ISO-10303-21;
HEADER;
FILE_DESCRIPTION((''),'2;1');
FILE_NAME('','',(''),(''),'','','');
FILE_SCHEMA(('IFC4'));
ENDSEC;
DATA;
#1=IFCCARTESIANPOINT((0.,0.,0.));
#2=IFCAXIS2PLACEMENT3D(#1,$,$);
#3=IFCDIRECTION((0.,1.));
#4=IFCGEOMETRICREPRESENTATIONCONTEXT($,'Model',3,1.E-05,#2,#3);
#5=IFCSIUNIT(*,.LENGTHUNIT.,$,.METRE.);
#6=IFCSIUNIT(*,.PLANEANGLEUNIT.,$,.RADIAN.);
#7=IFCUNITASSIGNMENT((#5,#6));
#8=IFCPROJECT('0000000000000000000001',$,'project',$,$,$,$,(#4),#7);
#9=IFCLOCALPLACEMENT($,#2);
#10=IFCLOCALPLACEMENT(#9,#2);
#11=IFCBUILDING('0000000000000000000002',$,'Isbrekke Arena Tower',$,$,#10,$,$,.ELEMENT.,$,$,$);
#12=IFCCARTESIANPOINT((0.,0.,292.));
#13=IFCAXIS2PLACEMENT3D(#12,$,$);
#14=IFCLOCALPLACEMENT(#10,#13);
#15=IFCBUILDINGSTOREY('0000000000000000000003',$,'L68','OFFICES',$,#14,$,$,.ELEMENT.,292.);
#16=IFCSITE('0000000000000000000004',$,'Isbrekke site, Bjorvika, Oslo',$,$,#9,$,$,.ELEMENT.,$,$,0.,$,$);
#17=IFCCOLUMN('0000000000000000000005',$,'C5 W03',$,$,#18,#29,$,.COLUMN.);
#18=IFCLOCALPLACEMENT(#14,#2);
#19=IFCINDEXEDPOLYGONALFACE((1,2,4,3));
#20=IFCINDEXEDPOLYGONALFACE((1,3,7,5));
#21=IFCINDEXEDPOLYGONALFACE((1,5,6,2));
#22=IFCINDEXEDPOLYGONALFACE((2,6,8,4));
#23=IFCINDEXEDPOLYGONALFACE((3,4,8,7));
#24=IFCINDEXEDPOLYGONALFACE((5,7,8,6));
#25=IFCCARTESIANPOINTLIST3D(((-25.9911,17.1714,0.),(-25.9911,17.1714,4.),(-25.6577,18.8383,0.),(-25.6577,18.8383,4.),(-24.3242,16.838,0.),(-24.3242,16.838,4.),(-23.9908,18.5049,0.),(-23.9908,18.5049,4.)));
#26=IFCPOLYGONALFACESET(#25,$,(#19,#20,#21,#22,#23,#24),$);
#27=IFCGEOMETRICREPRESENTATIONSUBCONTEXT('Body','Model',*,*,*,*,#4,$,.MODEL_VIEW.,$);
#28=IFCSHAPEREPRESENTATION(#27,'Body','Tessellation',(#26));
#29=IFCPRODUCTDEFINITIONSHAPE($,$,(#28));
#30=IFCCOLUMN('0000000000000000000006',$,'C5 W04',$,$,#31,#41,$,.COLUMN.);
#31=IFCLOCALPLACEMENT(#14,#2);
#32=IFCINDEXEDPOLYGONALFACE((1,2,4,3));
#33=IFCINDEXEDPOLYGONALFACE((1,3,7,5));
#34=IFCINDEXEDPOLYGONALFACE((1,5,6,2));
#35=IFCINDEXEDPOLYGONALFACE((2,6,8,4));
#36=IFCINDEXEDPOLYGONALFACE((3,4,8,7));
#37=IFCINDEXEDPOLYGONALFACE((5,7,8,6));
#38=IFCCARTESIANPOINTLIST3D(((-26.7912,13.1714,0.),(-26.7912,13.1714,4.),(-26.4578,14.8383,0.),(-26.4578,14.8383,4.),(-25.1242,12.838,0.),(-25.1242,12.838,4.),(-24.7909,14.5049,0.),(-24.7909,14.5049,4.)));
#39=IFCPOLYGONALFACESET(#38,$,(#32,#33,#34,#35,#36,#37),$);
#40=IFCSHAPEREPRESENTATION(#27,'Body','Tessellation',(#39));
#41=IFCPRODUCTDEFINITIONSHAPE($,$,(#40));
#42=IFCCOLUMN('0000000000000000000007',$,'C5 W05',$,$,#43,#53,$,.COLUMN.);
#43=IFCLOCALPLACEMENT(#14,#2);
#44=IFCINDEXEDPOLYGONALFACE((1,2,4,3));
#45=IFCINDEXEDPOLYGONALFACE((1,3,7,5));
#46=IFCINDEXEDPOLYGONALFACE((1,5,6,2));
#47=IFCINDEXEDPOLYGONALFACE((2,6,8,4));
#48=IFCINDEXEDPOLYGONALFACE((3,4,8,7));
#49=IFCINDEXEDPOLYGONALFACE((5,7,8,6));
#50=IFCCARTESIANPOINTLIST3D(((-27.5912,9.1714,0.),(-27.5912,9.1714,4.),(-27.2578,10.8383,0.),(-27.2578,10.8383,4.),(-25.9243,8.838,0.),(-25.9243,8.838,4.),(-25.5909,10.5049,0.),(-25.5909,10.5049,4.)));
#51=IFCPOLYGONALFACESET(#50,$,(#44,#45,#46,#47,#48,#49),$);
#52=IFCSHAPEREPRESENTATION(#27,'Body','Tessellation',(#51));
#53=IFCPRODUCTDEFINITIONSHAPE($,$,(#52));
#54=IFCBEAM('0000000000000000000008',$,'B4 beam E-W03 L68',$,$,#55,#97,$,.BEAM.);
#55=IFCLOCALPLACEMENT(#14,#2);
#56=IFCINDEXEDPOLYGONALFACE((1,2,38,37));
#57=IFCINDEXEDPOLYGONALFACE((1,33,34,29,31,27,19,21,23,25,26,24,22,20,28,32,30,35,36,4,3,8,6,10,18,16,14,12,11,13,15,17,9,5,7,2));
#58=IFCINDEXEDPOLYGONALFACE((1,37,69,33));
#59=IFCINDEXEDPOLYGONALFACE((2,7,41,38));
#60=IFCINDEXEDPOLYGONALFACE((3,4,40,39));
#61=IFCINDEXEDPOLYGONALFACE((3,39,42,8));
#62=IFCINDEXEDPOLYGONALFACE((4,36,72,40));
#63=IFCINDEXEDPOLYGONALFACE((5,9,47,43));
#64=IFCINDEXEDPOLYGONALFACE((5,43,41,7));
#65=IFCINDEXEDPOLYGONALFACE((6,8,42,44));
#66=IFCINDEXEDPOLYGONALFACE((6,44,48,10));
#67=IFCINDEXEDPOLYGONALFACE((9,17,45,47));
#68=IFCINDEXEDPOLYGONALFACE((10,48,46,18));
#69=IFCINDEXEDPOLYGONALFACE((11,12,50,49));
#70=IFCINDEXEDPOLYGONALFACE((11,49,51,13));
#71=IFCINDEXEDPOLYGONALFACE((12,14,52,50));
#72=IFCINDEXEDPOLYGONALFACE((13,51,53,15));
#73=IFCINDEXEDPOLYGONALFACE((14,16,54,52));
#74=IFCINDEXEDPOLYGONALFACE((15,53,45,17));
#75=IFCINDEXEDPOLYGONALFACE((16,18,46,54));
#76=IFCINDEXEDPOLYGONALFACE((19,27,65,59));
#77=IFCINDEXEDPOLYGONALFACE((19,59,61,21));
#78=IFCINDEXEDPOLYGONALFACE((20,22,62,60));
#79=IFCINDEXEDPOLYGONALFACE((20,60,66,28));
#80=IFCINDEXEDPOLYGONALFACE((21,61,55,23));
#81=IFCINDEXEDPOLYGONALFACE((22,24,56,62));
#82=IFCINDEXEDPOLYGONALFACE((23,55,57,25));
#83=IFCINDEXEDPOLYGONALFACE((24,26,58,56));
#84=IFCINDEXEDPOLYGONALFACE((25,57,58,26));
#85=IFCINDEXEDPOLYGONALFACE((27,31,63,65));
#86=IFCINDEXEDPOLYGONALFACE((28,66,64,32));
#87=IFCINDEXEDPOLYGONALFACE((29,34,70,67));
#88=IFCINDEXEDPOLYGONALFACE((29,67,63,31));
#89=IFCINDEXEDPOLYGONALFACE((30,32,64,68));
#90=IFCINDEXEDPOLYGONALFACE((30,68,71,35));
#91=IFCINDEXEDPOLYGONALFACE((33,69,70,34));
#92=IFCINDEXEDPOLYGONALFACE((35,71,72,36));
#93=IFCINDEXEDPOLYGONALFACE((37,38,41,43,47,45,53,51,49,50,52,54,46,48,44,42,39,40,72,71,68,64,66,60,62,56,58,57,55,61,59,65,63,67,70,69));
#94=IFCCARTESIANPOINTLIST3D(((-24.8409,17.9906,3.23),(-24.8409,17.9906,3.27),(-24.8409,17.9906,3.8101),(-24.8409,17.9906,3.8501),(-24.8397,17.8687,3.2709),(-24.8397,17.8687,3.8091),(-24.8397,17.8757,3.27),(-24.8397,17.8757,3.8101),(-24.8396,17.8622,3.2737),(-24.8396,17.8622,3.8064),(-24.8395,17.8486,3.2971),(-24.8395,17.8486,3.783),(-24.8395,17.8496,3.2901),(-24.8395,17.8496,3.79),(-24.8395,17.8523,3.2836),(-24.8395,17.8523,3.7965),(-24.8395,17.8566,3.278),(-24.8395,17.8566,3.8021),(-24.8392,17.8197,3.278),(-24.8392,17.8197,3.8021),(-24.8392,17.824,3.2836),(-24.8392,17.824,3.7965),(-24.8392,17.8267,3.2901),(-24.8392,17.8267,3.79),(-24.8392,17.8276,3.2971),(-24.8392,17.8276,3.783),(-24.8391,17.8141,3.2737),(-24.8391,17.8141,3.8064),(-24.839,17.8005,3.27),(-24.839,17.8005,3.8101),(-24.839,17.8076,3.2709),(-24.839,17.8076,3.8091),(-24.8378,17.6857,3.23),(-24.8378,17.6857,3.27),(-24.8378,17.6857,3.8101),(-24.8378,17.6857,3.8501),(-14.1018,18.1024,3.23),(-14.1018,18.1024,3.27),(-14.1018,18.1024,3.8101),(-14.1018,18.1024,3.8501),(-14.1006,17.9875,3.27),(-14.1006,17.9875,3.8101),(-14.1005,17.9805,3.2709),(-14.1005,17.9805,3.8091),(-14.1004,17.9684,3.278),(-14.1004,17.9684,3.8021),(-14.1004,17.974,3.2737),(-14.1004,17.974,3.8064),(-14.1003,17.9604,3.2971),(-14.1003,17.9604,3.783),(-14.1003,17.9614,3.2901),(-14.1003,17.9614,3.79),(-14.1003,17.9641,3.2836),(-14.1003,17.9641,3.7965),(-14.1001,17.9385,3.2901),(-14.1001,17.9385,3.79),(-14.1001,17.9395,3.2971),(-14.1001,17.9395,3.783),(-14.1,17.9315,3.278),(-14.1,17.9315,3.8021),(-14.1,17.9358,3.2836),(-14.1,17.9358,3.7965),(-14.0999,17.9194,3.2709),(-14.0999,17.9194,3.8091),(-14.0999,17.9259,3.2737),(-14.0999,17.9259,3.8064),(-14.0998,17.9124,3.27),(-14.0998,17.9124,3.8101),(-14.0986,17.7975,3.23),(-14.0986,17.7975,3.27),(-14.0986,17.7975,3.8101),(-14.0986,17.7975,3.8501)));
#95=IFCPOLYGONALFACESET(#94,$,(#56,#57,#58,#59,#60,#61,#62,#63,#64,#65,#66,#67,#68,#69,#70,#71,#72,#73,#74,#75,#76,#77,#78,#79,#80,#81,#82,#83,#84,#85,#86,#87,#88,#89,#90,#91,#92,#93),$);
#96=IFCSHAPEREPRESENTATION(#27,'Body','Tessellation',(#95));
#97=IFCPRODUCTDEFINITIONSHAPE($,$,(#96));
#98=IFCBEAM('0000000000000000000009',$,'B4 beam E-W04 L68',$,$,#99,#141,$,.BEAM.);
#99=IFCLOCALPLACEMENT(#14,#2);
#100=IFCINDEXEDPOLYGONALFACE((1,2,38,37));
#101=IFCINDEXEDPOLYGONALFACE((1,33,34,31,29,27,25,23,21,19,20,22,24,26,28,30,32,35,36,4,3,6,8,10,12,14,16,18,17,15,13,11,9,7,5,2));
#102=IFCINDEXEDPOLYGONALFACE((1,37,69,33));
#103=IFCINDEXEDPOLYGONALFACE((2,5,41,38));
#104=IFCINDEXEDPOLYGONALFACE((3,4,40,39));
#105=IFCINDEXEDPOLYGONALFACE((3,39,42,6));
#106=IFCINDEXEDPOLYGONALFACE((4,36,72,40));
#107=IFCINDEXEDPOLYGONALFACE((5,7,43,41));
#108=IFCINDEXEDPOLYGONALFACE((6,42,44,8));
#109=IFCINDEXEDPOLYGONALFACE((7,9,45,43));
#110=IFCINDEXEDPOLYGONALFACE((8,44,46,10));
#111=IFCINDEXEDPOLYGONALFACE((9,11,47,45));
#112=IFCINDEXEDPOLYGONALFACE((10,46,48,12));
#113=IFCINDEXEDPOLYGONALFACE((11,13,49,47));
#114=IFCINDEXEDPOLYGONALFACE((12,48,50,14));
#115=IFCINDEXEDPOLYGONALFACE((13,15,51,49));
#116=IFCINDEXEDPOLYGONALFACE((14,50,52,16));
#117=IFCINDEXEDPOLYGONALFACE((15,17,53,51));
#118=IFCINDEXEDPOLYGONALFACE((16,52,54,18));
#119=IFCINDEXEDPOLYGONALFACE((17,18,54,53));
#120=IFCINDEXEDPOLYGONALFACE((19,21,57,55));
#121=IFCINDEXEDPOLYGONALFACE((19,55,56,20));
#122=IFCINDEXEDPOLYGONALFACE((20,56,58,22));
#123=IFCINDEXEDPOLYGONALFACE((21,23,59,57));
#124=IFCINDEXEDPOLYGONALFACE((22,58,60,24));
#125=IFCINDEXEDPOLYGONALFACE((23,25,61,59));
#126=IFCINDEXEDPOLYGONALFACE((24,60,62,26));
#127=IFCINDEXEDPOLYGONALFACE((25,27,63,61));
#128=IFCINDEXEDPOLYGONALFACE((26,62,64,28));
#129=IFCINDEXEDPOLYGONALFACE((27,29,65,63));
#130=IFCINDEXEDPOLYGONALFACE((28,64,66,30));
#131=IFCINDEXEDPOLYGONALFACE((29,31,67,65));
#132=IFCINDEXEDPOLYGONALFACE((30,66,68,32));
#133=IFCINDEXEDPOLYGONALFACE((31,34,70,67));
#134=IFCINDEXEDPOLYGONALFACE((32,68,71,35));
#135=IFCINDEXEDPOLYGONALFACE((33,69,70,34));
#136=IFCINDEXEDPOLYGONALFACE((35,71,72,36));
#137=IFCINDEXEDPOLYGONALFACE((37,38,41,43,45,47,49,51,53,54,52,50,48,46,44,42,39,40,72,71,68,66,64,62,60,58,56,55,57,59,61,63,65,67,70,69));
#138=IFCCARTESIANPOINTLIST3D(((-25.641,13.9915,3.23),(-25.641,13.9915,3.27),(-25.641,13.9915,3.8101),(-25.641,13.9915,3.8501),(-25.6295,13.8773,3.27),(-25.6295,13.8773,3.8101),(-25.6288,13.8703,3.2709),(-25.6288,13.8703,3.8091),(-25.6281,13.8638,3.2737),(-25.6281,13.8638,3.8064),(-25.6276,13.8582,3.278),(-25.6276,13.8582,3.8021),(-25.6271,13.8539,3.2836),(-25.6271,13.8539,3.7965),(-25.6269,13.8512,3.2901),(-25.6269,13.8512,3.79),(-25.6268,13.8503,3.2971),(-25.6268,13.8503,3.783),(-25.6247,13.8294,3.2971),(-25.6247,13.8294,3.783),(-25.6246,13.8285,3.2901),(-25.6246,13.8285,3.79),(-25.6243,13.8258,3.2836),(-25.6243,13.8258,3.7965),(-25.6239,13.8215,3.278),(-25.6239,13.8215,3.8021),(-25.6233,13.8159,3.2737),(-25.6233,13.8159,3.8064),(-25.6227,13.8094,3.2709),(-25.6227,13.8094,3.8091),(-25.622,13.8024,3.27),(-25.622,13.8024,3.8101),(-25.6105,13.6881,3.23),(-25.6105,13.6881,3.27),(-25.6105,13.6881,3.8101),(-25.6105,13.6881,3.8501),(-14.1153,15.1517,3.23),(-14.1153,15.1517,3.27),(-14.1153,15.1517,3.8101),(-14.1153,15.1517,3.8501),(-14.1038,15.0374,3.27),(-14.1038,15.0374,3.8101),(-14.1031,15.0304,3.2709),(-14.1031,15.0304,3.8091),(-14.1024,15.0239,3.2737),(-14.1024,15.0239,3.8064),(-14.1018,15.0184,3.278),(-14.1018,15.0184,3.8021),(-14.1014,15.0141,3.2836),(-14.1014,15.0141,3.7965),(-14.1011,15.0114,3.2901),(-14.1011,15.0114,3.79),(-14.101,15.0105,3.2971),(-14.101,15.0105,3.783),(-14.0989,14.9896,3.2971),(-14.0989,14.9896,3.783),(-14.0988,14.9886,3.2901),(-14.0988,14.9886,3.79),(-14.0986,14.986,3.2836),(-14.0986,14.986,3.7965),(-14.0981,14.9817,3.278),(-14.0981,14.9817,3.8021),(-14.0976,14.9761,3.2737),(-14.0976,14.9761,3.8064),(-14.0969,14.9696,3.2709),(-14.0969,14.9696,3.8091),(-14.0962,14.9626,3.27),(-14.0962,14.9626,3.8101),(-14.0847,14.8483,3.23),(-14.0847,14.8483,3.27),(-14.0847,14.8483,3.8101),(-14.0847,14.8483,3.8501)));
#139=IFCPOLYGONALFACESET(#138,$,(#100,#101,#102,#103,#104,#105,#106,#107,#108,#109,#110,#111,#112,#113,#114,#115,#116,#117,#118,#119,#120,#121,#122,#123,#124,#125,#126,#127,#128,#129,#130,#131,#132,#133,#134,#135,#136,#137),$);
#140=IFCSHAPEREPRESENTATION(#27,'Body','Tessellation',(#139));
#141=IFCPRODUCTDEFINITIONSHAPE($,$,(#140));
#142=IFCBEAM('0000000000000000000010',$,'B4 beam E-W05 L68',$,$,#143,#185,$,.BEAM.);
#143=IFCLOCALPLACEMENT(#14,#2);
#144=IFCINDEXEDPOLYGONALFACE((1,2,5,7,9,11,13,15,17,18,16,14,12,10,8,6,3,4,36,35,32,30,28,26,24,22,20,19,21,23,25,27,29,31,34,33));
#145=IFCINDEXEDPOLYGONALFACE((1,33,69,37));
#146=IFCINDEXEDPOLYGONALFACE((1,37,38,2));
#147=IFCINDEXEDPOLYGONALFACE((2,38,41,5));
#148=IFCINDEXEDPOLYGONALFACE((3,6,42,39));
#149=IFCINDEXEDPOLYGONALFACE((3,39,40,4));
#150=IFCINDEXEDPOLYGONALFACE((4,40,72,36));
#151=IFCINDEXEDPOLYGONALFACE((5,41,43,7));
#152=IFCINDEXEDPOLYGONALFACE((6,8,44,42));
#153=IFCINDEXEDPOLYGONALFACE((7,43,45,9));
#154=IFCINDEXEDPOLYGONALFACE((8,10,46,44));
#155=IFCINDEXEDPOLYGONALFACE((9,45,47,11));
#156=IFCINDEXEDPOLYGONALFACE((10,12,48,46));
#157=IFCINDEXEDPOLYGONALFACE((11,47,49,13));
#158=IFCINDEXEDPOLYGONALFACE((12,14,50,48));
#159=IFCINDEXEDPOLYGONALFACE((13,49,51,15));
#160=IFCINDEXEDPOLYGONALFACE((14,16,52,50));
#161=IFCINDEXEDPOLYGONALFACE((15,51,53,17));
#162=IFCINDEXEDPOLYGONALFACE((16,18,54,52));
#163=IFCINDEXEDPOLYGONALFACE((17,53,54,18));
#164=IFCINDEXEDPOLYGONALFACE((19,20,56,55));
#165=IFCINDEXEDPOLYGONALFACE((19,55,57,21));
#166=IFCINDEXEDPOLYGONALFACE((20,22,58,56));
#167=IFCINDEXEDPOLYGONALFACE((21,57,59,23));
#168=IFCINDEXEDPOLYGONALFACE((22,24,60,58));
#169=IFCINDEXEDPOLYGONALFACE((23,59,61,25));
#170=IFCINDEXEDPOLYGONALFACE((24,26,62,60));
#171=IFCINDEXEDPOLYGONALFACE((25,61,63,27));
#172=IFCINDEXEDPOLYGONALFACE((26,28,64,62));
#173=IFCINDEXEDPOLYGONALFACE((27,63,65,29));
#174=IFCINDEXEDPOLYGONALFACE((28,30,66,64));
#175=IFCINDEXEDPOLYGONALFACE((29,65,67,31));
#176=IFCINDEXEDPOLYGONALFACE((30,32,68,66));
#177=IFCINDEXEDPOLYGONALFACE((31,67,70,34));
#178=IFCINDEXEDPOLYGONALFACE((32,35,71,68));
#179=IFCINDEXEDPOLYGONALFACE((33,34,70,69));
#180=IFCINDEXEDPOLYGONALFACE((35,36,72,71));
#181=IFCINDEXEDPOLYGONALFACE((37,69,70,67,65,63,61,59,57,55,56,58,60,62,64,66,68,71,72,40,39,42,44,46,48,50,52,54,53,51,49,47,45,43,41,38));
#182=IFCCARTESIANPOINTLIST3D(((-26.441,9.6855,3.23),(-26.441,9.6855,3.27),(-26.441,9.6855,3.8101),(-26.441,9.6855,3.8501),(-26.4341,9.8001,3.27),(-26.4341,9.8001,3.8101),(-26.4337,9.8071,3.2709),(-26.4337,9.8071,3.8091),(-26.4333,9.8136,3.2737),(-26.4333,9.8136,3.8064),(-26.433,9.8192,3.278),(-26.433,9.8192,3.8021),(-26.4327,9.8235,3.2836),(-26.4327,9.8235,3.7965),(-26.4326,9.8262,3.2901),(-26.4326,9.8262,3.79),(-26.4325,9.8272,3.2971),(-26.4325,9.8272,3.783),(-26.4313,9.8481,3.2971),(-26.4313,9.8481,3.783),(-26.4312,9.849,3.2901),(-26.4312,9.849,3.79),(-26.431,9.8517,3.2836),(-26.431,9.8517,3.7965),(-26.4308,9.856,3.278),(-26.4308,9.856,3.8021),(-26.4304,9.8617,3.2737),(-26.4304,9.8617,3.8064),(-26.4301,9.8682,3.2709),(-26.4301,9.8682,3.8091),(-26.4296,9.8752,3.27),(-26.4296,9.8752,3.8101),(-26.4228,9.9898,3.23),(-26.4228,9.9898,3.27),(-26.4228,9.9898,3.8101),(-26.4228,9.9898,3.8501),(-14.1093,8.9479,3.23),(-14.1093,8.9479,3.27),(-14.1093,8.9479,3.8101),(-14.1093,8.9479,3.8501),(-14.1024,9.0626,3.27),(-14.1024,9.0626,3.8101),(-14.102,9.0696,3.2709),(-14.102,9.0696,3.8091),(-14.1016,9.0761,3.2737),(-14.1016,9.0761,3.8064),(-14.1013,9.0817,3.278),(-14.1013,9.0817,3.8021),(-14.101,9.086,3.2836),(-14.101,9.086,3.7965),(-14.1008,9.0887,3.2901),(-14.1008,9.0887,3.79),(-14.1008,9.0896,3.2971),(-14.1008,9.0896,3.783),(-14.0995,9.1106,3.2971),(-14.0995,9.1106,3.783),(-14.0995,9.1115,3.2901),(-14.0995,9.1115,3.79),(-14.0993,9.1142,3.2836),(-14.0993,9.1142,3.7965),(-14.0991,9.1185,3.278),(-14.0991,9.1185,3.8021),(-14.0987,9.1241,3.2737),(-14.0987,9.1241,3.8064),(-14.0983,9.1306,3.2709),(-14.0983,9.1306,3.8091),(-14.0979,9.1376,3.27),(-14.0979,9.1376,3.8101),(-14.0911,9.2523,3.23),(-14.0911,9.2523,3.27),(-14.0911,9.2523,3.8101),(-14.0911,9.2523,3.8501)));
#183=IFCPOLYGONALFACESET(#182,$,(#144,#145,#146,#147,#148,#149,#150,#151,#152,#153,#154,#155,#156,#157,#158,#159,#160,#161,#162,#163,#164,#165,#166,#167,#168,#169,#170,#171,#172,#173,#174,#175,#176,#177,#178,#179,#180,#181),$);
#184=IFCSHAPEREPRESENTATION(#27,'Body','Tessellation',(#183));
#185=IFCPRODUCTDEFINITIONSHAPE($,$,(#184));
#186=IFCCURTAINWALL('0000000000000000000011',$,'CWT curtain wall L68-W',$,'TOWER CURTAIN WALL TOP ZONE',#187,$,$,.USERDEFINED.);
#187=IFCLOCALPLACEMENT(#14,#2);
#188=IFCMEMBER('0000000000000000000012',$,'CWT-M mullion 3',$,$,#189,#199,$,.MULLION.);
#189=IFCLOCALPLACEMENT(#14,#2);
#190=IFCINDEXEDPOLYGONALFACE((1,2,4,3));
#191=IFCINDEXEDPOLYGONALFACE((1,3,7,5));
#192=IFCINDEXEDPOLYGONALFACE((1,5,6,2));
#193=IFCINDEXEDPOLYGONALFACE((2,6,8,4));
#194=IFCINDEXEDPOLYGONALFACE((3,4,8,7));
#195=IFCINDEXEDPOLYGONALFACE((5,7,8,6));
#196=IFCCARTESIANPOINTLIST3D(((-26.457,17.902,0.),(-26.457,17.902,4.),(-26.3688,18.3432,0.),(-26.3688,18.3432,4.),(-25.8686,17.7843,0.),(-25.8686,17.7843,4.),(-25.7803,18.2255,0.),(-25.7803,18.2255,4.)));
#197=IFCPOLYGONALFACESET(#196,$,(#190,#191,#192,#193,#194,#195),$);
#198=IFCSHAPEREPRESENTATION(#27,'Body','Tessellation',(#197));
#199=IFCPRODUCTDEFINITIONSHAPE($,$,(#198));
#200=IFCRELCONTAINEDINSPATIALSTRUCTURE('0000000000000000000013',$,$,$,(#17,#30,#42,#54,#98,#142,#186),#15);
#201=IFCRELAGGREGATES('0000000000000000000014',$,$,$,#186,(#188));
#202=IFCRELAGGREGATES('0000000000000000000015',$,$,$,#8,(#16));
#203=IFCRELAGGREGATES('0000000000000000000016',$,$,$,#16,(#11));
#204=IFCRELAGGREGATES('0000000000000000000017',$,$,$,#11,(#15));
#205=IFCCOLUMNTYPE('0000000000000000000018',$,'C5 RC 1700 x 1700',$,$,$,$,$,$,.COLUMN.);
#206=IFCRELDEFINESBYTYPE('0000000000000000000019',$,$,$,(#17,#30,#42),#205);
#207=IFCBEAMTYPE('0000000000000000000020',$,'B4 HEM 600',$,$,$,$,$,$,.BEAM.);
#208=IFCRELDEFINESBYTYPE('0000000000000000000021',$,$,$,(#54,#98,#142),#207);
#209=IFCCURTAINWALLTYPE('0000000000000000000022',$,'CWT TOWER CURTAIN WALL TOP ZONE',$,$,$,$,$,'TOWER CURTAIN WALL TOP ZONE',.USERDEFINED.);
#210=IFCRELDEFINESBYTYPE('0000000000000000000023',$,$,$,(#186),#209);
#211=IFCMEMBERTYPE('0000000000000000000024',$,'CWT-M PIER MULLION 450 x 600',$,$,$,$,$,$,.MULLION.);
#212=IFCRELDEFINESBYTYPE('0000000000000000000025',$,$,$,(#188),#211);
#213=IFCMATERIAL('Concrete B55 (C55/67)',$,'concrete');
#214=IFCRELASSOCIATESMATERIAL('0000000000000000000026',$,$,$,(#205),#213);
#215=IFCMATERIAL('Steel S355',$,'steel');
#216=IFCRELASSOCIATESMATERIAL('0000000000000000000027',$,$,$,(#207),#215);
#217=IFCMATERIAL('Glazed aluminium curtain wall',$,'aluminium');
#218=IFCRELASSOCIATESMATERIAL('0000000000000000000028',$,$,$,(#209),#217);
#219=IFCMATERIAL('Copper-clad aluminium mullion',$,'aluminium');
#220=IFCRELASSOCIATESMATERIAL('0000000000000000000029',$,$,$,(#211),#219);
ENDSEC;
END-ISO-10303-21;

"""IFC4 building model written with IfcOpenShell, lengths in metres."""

from ifc_helpers import new_model, si_unit, direction, frame, origin, origin_2d, place, context, subcontext, project, spatial, rectangle, i_section, extrude, material, material_profile, profile_set, type_object, element, aggregate, save


model = new_model("IFC4")

# Units and contexts
model_context = context("Model", 3, precision=1e-05, world=origin(), true_north=direction((0.0, 1.0)))
body_context = subcontext(model_context, "Body", "Model", "MODEL_VIEW")
ifc_project = project(units=[si_unit("LENGTHUNIT", "METRE"), si_unit("PLANEANGLEUNIT", "RADIAN")], contexts=[model_context])

# Site, building, storey
site_placement = place(None, origin())
site = spatial("IfcSite", under=ifc_project, at=site_placement, Name="Isbrekke site, Bjorvika, Oslo", CompositionType="ELEMENT", RefElevation=0.0)
building_placement = place(site_placement, origin())
building = spatial("IfcBuilding", under=site, at=building_placement, Name="Isbrekke Arena Tower", CompositionType="ELEMENT")
storey_placement = place(building_placement, frame((0.0, 0.0, 292.0)))
storey = spatial("IfcBuildingStorey", under=building, at=storey_placement, Name="L68", Description="OFFICES", CompositionType="ELEMENT", Elevation=292.0)

# Columns
ifc_material_1 = material(Name="Concrete B55 (C55/67)", Category="concrete")
ifc_material_profile_1 = material_profile(ifc_material_1, rectangle(XDim=1.7, YDim=1.7, at=origin_2d()), Name="RC 1700x1700")
ifc_profile_set_1 = profile_set([ifc_material_profile_1], Name="Concrete B55 (C55/67)")
column_type = type_object("IfcColumnType", Name="C5 RC 1700 x 1700", PredefinedType="COLUMN", material=ifc_profile_set_1)
for number, where, z_axis, x_axis, name in (
    (1, (-24.991, 17.8381, 0.0), (0.0, 0.0, 1.0), (-0.196116, -0.980581, 0.0), "C5 W03"),
    (2, (-25.791, 13.8381, 0.0), (0.0, 0.0, 1.0), (-0.196116, -0.980581, 0.0), "C5 W04"),
    (3, (-26.5911, 9.8381, 0.0), (0.0, 0.0, 1.0), (-0.196116, -0.980581, 0.0), "C5 W05"),
):
    element("IfcColumn", number, at=place(storey_placement, frame(where, z_axis=z_axis, x_axis=x_axis)), inside=storey, type_object=column_type, Name=name, PredefinedType="COLUMN", context=body_context, shape_type="SweptSolid", body=[
        extrude(rectangle(XDim=1.7, YDim=1.7, at=origin_2d()), origin(), (0.0, 0.0, 1.0), 4.0),
    ])

# Beams
ifc_material_2 = material(Name="Steel S355", Category="steel")
ifc_material_profile_2 = material_profile(ifc_material_2, i_section(OverallWidth=0.3049, OverallDepth=0.6201, WebThickness=0.021, FlangeThickness=0.04, FilletRadius=0.0271, at=origin_2d()), Name="HEM 600")
ifc_profile_set_2 = profile_set([ifc_material_profile_2], Name="Steel S355")
beam_type_1 = type_object("IfcBeamType", Name="B4 HEM 600", PredefinedType="BEAM", material=ifc_profile_set_2)
beam_1_placement = place(storey_placement, frame((-24.8394, 17.8381, 3.54), z_axis=(0.999946, 0.010411, 0.0), x_axis=(-0.010411, 0.999946, 0.0)))
element("IfcBeam", 4, at=beam_1_placement, inside=storey, type_object=beam_type_1, Name="B4 beam E-W03 L68", PredefinedType="BEAM", context=body_context, shape_type="SweptSolid", body=[
    extrude(i_section(OverallWidth=0.3049, OverallDepth=0.6201, WebThickness=0.021, FlangeThickness=0.04, FilletRadius=0.0271, at=origin_2d()), origin(), (0.0, 0.0, 1.0), 10.7397),
])
beam_2_placement = place(storey_placement, frame((-25.6257, 13.8398, 3.54), z_axis=(0.994972, 0.100153, 0.0), x_axis=(-0.100153, 0.994972, 0.0)))
element("IfcBeam", 5, at=beam_2_placement, inside=storey, type_object=beam_type_1, Name="B4 beam E-W04 L68", PredefinedType="BEAM", context=body_context, shape_type="SweptSolid", body=[
    extrude(i_section(OverallWidth=0.3049, OverallDepth=0.6201, WebThickness=0.021, FlangeThickness=0.04, FilletRadius=0.0271, at=origin_2d()), origin(), (0.0, 0.0, 1.0), 11.584),
])
beam_3_placement = place(storey_placement, frame((-26.4319, 9.8376, 3.54), z_axis=(0.998216, -0.059702, 0.0), x_axis=(0.059702, 0.998216, 0.0)))
element("IfcBeam", 6, at=beam_3_placement, inside=storey, type_object=beam_type_1, Name="B4 beam E-W05 L68", PredefinedType="BEAM", context=body_context, shape_type="SweptSolid", body=[
    extrude(i_section(OverallWidth=0.3049, OverallDepth=0.6201, WebThickness=0.021, FlangeThickness=0.04, FilletRadius=0.0271, at=origin_2d()), origin(), (0.0, 0.0, 1.0), 12.3538),
])

# Curtain wall, member
ifc_material_3 = material(Name="Glazed aluminium curtain wall", Category="aluminium")
curtain_wall_type = type_object("IfcCurtainWallType", Name="CWT TOWER CURTAIN WALL TOP ZONE", ElementType="TOWER CURTAIN WALL TOP ZONE", PredefinedType="USERDEFINED", material=ifc_material_3)
curtain_wall_placement = place(storey_placement, origin())
curtain_wall = element("IfcCurtainWall", 7, at=curtain_wall_placement, inside=storey, type_object=curtain_wall_type, Name="CWT curtain wall L68-W", ObjectType="TOWER CURTAIN WALL TOP ZONE", PredefinedType="USERDEFINED")
ifc_material_4 = material(Name="Copper-clad aluminium mullion", Category="aluminium")
ifc_material_profile_3 = material_profile(ifc_material_4, rectangle(XDim=0.45, YDim=0.6001, at=origin_2d()), Name="PIER 450X600")
ifc_profile_set_3 = profile_set([ifc_material_profile_3], Name="Copper-clad aluminium mullion")
member_type_1 = type_object("IfcMemberType", Name="CWT-M PIER MULLION 450 x 600", PredefinedType="MULLION", material=ifc_profile_set_3)
member_1_placement = place(storey_placement, frame((-26.1187, 18.0637, 0.0), z_axis=(0.0, 0.0, 1.0), x_axis=(-0.196116, -0.980581, 0.0)))
member_1 = element("IfcMember", 8, at=member_1_placement, type_object=member_type_1, Name="CWT-M mullion 3", PredefinedType="MULLION", context=body_context, shape_type="SweptSolid", body=[
    extrude(rectangle(XDim=0.45, YDim=0.6001, at=origin_2d()), origin(), (0.0, 0.0, 1.0), 4.0),
])

aggregate(curtain_wall, [member_1])

save(model, "model.ifc")
